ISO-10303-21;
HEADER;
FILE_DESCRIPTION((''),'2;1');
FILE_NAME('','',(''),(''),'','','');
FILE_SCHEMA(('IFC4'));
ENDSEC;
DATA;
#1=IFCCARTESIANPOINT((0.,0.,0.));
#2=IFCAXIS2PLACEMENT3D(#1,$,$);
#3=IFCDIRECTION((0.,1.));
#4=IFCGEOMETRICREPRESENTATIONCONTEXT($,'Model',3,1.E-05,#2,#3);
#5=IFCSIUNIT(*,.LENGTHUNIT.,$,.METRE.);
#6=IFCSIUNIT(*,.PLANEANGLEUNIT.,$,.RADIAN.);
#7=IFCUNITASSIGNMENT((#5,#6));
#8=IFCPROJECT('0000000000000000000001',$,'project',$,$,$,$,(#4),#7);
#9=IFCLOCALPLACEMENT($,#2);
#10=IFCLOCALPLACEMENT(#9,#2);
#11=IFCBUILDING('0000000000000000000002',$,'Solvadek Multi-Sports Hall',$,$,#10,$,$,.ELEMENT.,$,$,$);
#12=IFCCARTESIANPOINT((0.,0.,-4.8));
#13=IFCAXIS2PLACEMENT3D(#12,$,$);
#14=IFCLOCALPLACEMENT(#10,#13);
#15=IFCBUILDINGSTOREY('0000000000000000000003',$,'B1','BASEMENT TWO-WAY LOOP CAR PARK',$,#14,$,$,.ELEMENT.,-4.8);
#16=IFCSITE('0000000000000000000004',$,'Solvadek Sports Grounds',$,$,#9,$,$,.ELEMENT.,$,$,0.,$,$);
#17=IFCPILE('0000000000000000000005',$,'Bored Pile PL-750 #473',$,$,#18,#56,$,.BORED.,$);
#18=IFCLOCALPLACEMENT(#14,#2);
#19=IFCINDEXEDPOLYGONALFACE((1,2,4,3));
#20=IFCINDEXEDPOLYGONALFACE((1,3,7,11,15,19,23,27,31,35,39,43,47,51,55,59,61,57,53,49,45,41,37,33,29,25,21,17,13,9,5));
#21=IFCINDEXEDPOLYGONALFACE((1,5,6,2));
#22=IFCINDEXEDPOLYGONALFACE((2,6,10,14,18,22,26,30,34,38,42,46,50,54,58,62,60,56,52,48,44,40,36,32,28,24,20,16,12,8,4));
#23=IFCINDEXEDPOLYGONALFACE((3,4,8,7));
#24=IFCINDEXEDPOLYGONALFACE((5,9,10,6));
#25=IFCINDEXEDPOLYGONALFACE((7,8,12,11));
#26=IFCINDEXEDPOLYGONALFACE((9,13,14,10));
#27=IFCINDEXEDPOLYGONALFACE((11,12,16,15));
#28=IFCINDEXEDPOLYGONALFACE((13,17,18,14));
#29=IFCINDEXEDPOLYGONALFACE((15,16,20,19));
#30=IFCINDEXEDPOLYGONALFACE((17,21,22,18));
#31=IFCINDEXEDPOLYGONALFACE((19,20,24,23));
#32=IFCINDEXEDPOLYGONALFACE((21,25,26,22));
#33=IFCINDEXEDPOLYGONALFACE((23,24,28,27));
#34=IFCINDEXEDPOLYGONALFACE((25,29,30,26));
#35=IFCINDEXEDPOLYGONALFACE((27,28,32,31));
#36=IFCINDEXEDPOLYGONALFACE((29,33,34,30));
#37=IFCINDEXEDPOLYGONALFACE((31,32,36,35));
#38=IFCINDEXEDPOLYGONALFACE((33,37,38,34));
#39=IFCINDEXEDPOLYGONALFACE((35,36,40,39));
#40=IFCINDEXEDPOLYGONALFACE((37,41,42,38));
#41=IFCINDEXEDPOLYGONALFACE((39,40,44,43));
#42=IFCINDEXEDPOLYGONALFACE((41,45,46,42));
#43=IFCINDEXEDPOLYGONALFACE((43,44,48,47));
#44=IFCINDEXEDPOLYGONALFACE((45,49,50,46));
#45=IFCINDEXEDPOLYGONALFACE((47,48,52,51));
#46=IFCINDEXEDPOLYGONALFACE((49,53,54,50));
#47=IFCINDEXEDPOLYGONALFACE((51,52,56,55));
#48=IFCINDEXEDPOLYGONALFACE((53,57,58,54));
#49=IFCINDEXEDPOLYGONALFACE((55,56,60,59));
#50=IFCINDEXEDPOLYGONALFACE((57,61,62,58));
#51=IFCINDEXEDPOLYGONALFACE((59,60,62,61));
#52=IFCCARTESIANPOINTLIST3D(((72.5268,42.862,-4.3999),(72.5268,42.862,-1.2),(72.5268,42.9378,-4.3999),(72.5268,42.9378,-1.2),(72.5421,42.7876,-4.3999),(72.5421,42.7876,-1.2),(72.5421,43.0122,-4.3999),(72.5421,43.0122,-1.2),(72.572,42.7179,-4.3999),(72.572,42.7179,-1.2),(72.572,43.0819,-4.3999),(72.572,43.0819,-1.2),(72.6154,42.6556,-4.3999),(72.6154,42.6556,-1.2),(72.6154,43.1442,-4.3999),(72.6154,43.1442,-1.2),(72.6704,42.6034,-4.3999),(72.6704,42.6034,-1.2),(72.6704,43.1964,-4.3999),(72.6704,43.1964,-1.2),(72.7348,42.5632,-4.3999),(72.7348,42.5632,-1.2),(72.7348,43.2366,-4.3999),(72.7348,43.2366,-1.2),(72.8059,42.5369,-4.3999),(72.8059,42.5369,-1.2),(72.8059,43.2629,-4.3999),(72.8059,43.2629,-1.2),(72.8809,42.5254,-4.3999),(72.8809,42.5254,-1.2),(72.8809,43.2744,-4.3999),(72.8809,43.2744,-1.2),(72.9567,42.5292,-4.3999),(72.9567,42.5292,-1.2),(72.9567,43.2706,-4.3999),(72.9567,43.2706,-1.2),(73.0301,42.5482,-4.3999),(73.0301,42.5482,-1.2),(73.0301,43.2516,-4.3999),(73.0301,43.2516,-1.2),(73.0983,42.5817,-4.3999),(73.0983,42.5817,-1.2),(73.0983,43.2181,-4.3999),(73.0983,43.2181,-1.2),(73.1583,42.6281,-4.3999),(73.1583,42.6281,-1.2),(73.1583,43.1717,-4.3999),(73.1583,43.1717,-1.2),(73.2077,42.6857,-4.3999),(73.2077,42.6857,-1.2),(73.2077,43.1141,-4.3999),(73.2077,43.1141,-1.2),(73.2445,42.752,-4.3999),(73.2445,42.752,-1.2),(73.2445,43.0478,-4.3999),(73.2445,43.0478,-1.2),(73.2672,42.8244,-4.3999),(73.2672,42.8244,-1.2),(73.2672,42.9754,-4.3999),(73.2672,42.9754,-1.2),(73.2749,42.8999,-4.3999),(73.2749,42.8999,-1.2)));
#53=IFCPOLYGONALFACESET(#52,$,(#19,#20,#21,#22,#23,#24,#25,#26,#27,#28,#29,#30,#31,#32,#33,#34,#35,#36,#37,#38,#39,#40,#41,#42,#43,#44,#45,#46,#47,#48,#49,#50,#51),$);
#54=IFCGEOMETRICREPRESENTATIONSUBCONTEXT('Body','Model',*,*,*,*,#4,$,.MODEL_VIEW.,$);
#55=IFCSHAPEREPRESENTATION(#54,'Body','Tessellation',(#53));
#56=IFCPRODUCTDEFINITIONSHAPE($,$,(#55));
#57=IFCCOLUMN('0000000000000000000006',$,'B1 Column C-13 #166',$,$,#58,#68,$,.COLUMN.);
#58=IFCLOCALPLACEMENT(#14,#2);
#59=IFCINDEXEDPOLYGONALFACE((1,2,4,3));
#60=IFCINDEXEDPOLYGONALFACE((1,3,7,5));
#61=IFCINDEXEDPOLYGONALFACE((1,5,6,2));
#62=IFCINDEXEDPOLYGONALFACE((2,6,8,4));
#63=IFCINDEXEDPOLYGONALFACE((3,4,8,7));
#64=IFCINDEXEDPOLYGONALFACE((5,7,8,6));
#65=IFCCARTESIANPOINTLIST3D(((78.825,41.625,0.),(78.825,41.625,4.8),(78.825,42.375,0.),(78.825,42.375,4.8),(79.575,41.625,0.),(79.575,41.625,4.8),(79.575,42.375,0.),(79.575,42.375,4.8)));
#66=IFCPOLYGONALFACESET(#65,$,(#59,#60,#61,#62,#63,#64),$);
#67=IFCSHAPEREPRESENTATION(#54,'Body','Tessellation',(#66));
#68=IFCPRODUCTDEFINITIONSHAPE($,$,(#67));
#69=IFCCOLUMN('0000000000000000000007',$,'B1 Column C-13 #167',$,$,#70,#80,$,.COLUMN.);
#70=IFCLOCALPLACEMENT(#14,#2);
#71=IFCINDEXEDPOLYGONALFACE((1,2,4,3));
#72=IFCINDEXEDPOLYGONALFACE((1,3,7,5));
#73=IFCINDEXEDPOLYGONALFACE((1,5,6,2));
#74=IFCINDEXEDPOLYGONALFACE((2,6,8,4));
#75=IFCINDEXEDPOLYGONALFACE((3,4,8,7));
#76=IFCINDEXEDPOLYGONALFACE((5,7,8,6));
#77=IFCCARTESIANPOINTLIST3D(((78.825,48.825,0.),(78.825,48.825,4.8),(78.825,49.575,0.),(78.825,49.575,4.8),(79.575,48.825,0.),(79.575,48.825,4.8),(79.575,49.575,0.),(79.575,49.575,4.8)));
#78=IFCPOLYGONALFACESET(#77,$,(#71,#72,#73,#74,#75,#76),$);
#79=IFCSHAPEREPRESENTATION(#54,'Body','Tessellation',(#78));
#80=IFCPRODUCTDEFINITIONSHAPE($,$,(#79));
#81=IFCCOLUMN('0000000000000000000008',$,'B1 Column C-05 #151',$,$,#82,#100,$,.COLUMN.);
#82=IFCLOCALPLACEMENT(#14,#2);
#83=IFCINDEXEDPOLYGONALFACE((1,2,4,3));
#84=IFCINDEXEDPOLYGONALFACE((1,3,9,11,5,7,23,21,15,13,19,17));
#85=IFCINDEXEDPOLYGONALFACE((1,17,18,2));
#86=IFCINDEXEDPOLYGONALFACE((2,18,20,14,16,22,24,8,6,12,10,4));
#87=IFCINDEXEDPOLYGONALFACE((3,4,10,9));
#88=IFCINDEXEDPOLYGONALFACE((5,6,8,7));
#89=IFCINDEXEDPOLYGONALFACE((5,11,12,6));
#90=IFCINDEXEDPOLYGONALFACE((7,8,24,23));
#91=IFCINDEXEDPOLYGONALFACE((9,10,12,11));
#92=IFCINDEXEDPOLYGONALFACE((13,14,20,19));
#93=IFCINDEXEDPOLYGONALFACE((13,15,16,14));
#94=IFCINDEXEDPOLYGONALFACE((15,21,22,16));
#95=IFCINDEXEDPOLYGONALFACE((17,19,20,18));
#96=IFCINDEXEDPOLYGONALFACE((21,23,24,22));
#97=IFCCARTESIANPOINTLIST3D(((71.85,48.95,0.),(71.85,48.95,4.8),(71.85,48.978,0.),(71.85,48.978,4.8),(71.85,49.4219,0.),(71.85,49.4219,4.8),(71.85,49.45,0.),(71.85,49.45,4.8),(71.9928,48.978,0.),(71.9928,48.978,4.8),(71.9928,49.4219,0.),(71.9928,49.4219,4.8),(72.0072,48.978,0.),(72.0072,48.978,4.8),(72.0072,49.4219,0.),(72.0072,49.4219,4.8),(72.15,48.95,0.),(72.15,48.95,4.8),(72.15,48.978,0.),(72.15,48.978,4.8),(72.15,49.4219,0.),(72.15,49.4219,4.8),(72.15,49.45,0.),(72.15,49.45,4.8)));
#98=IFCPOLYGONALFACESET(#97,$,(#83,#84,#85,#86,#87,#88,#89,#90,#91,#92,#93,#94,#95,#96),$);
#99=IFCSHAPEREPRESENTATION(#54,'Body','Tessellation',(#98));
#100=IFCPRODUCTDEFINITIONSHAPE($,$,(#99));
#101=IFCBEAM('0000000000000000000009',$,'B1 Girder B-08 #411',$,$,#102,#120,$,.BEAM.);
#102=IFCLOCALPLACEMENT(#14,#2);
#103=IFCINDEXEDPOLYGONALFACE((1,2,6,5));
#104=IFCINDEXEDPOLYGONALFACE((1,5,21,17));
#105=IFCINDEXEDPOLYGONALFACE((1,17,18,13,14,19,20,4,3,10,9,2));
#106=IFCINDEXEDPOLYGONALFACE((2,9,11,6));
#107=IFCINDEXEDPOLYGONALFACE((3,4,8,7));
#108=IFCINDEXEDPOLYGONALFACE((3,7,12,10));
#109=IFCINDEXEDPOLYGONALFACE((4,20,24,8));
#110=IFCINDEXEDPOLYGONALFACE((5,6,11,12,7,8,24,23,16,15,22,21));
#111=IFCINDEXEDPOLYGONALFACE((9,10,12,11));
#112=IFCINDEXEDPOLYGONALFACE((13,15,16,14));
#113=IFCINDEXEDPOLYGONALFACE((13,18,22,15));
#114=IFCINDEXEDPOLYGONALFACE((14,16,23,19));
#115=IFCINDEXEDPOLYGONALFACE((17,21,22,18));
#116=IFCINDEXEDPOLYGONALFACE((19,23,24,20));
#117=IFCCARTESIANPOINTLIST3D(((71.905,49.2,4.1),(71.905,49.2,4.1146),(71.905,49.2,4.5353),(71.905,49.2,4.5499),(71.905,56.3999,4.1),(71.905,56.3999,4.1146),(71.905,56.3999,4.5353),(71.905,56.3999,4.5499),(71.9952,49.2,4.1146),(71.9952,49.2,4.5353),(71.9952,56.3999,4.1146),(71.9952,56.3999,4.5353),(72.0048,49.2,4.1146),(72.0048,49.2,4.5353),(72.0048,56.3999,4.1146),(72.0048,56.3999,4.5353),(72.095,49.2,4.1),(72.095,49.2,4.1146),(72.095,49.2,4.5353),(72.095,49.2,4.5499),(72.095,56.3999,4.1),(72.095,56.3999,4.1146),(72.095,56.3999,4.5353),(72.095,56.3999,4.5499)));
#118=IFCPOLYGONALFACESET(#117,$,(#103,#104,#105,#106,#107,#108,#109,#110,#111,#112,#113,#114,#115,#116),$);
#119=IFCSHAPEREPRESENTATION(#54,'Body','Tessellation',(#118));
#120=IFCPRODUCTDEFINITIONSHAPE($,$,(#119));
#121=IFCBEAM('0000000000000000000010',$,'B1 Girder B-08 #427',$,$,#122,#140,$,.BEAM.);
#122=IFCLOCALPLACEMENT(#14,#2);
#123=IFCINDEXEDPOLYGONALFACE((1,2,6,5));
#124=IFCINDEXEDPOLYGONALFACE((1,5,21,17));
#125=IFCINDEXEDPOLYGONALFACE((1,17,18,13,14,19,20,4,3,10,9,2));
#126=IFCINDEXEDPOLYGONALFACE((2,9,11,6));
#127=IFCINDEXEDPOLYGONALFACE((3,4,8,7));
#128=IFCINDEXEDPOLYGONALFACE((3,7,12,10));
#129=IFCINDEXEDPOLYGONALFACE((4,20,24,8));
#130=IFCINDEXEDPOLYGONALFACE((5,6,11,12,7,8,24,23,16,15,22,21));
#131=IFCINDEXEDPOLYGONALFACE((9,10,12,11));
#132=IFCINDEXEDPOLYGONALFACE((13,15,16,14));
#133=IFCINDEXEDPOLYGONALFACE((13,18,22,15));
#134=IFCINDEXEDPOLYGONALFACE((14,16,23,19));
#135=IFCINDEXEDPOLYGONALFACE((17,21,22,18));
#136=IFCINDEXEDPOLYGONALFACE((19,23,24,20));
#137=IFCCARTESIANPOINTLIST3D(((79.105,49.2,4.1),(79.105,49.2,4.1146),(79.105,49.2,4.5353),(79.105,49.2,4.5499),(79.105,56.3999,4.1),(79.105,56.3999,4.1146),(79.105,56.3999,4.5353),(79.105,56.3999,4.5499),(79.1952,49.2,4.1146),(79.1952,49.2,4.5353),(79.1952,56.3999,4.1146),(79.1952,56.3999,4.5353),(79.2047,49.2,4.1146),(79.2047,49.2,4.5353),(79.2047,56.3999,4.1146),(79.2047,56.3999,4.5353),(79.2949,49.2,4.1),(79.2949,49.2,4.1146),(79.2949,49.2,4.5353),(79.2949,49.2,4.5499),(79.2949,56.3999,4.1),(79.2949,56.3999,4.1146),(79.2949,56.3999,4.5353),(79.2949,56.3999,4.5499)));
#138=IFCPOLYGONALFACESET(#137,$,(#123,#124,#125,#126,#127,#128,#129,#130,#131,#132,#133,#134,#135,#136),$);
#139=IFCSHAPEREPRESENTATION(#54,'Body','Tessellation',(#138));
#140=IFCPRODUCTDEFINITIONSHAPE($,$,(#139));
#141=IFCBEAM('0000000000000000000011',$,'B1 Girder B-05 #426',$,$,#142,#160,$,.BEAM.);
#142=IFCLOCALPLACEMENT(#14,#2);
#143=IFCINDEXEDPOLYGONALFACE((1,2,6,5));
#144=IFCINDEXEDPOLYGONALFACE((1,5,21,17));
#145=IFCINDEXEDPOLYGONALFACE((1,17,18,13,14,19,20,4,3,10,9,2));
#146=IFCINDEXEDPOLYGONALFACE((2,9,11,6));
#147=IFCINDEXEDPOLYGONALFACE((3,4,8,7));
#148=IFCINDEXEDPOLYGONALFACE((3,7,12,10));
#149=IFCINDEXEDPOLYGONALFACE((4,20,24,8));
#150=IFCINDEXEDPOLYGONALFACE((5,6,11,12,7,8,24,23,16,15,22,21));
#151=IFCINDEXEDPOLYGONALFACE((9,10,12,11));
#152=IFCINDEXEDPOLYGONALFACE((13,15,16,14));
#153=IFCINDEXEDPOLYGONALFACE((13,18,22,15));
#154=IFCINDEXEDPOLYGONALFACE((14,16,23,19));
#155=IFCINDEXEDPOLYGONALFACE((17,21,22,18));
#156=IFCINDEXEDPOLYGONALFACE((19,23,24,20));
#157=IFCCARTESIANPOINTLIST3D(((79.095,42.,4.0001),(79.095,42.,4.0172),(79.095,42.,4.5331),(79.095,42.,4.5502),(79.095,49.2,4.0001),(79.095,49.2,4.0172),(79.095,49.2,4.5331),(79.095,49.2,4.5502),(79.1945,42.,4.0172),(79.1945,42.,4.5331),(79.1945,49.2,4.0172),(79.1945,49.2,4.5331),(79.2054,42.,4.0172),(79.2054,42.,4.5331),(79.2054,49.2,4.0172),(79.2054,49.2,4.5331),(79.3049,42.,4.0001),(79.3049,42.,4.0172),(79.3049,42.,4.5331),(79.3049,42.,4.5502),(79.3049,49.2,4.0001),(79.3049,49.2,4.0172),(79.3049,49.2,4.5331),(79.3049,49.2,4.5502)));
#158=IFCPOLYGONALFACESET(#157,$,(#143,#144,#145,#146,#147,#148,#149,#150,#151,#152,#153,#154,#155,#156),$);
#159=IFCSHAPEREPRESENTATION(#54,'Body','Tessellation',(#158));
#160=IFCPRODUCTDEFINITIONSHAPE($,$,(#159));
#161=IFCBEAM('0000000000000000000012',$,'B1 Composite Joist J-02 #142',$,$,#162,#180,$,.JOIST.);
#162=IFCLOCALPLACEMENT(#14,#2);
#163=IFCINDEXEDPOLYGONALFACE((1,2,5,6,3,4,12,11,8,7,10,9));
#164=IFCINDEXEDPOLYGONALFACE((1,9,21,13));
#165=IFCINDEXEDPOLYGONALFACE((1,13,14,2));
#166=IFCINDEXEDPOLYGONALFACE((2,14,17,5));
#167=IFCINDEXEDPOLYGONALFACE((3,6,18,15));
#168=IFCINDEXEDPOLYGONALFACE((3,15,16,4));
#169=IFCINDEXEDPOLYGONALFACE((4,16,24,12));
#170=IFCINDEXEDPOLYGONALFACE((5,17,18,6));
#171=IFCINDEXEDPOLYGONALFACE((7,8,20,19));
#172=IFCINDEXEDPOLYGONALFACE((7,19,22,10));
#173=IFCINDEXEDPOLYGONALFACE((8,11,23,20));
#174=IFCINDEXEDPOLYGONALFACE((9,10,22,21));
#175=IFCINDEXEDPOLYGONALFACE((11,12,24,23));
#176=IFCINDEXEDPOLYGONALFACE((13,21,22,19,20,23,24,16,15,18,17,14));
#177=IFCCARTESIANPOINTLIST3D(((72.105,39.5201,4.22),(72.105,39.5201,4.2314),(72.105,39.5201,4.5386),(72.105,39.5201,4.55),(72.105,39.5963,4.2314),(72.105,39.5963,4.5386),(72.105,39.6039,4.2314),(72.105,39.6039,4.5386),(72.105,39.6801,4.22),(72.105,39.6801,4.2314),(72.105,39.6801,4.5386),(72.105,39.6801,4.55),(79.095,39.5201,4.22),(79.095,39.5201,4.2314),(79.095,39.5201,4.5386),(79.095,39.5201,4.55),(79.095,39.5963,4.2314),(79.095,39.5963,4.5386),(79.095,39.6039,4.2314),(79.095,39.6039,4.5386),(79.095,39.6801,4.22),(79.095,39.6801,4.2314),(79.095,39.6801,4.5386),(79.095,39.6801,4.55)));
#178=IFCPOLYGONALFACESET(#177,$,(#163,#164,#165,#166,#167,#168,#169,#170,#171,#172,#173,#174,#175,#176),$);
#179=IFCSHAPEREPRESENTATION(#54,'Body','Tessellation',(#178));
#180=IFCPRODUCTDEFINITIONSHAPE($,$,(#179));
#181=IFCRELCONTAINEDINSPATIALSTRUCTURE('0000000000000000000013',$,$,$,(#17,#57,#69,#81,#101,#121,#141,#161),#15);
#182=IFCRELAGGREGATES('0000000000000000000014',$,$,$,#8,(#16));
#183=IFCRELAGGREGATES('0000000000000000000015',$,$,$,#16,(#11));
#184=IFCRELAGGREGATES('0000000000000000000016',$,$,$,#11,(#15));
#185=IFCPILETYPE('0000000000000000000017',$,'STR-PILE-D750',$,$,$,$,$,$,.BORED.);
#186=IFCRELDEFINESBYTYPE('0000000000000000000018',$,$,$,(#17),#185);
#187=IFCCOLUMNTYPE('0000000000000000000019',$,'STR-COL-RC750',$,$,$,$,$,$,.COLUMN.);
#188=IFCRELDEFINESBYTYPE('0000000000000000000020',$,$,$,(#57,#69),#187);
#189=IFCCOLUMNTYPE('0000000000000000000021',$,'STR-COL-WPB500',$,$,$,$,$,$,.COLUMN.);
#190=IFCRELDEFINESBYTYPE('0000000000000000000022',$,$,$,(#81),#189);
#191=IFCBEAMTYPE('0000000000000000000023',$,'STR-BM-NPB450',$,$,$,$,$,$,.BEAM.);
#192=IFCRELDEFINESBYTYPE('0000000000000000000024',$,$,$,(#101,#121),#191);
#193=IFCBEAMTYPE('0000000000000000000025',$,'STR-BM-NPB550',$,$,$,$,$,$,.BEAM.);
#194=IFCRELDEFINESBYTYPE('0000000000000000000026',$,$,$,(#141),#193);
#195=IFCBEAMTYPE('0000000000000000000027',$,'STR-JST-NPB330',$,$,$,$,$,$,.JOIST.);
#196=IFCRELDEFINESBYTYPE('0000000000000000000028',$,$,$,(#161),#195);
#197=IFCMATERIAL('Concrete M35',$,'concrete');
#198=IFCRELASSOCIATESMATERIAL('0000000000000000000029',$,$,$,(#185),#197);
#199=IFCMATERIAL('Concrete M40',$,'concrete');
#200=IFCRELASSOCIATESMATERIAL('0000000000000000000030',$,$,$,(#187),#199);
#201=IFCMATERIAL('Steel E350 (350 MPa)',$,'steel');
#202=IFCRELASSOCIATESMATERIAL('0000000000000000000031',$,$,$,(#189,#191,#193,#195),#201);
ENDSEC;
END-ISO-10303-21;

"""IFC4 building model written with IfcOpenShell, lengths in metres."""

from ifc_helpers import new_model, si_unit, direction, frame, origin, origin_2d, place, context, subcontext, project, spatial, rectangle, circle, i_section, extrude, material, material_profile, profile_set, type_object, element, save


model = new_model("IFC4")

# Units and contexts
model_context = context("Model", 3, precision=1e-05, world=origin(), true_north=direction((0.0, 1.0)))
body_context = subcontext(model_context, "Body", "Model", "MODEL_VIEW")
ifc_project = project(units=[si_unit("LENGTHUNIT", "METRE"), si_unit("PLANEANGLEUNIT", "RADIAN")], contexts=[model_context])

# Site, building, storey
site_placement = place(None, origin())
site = spatial("IfcSite", under=ifc_project, at=site_placement, Name="Solvadek Sports Grounds", CompositionType="ELEMENT", RefElevation=0.0)
building_placement = place(site_placement, origin())
building = spatial("IfcBuilding", under=site, at=building_placement, Name="Solvadek Multi-Sports Hall", CompositionType="ELEMENT")
storey_placement = place(building_placement, frame((0.0, 0.0, -4.8)))
storey = spatial("IfcBuildingStorey", under=building, at=storey_placement, Name="B1", Description="BASEMENT TWO-WAY LOOP CAR PARK", CompositionType="ELEMENT", Elevation=-4.8)

# Shared definitions
ifc_material_1 = material(Name="Concrete M40", Category="concrete")

# Pile
ifc_material_2 = material(Name="Concrete M35", Category="concrete")
ifc_material_profile_1 = material_profile(ifc_material_2, circle(Radius=0.375, at=origin_2d()), Name="BORED PILE D750")
ifc_profile_set_1 = profile_set([ifc_material_profile_1], Name="Concrete M35")
pile_type_1 = type_object("IfcPileType", Name="STR-PILE-D750", PredefinedType="BORED", material=ifc_profile_set_1)
pile_placement = place(storey_placement, frame((72.8999, 42.8999, -1.2), z_axis=(0.0, 0.0, -1.0), x_axis=(1.0, 0.0, 0.0)))
element("IfcPile", 1, at=pile_placement, inside=storey, type_object=pile_type_1, Name="Bored Pile PL-750 #473", PredefinedType="BORED", context=body_context, shape_type="SweptSolid", body=[
    extrude(circle(Radius=0.375, at=origin_2d()), origin(), (0.0, 0.0, 1.0), 3.2),
])

# Columns
ifc_material_profile_2 = material_profile(ifc_material_1, rectangle(XDim=0.75, YDim=0.75, at=origin_2d()), Name="RC 750x750")
ifc_profile_set_2 = profile_set([ifc_material_profile_2], Name="Concrete M40")
column_type_1 = type_object("IfcColumnType", Name="STR-COL-RC750", PredefinedType="COLUMN", material=ifc_profile_set_2)
for number, where, z_axis, x_axis, name in (
    (2, (79.2, 42.0, 0.0), (0.0, 0.0, 1.0), (1.0, 0.0, 0.0), "B1 Column C-13 #166"),
    (3, (79.2, 49.2, 0.0), (0.0, 0.0, 1.0), (1.0, 0.0, 0.0), "B1 Column C-13 #167"),
):
    element("IfcColumn", number, at=place(storey_placement, frame(where, z_axis=z_axis, x_axis=x_axis)), inside=storey, type_object=column_type_1, Name=name, PredefinedType="COLUMN", context=body_context, shape_type="SweptSolid", body=[
        extrude(rectangle(XDim=0.75, YDim=0.75, at=origin_2d()), origin(), (0.0, 0.0, 1.0), 4.8),
    ])
ifc_material_3 = material(Name="Steel E350 (350 MPa)", Category="steel")
ifc_material_profile_3 = material_profile(ifc_material_3, i_section(OverallWidth=0.3, OverallDepth=0.5, WebThickness=0.0144, FlangeThickness=0.0281, at=origin_2d()), Name="WPB 500")
ifc_profile_set_3 = profile_set([ifc_material_profile_3], Name="Steel E350 (350 MPa)")
column_type_2 = type_object("IfcColumnType", Name="STR-COL-WPB500", PredefinedType="COLUMN", material=ifc_profile_set_3)
column_placement = place(storey_placement, frame((72.0, 49.2, 0.0), z_axis=(0.0, 0.0, 1.0), x_axis=(1.0, 0.0, 0.0)))
element("IfcColumn", 4, at=column_placement, inside=storey, type_object=column_type_2, Name="B1 Column C-05 #151", PredefinedType="COLUMN", context=body_context, shape_type="SweptSolid", body=[
    extrude(i_section(OverallWidth=0.3, OverallDepth=0.5, WebThickness=0.0144, FlangeThickness=0.0281, at=origin_2d()), origin(), (0.0, 0.0, 1.0), 4.8),
])

# Beams
ifc_material_profile_4 = material_profile(ifc_material_3, i_section(OverallWidth=0.1899, OverallDepth=0.45, WebThickness=0.0095, FlangeThickness=0.0146, at=origin_2d()), Name="NPB 450")
ifc_profile_set_4 = profile_set([ifc_material_profile_4], Name="Steel E350 (350 MPa)")
beam_type_1 = type_object("IfcBeamType", Name="STR-BM-NPB450", PredefinedType="BEAM", material=ifc_profile_set_4)
for number, where, z_axis, x_axis, name in (
    (5, (72.0, 49.2, 4.325), (0.0, 1.0, 0.0), (-1.0, 0.0, 0.0), "B1 Girder B-08 #411"),
    (6, (79.2, 49.2, 4.325), (0.0, 1.0, 0.0), (-1.0, 0.0, 0.0), "B1 Girder B-08 #427"),
):
    element("IfcBeam", number, at=place(storey_placement, frame(where, z_axis=z_axis, x_axis=x_axis)), inside=storey, type_object=beam_type_1, Name=name, PredefinedType="BEAM", context=body_context, shape_type="SweptSolid", body=[
        extrude(i_section(OverallWidth=0.1899, OverallDepth=0.45, WebThickness=0.0095, FlangeThickness=0.0146, at=origin_2d()), origin(), (0.0, 0.0, 1.0), 7.2),
    ])
ifc_material_profile_5 = material_profile(ifc_material_3, i_section(OverallWidth=0.21, OverallDepth=0.55, WebThickness=0.011, FlangeThickness=0.0171, at=origin_2d()), Name="NPB 550")
ifc_profile_set_5 = profile_set([ifc_material_profile_5], Name="Steel E350 (350 MPa)")
beam_type_2 = type_object("IfcBeamType", Name="STR-BM-NPB550", PredefinedType="BEAM", material=ifc_profile_set_5)
beam_placement = place(storey_placement, frame((79.2, 42.0, 4.2751), z_axis=(0.0, 1.0, 0.0), x_axis=(-1.0, 0.0, 0.0)))
element("IfcBeam", 7, at=beam_placement, inside=storey, type_object=beam_type_2, Name="B1 Girder B-05 #426", PredefinedType="BEAM", context=body_context, shape_type="SweptSolid", body=[
    extrude(i_section(OverallWidth=0.21, OverallDepth=0.55, WebThickness=0.011, FlangeThickness=0.0171, at=origin_2d()), origin(), (0.0, 0.0, 1.0), 7.2),
])
ifc_material_profile_6 = material_profile(ifc_material_3, i_section(OverallWidth=0.1599, OverallDepth=0.3301, WebThickness=0.0076, FlangeThickness=0.0115, at=origin_2d()), Name="NPB 330")
ifc_profile_set_6 = profile_set([ifc_material_profile_6], Name="Steel E350 (350 MPa)")
beam_type_3 = type_object("IfcBeamType", Name="STR-JST-NPB330", PredefinedType="JOIST", material=ifc_profile_set_6)
for number, where, z_axis, x_axis, name in (
    (8, (72.105, 39.6001, 4.385), (1.0, 0.0, 0.0), (0.0, 1.0, 0.0), "B1 Composite Joist J-02 #142"),
):
    element("IfcBeam", number, at=place(storey_placement, frame(where, z_axis=z_axis, x_axis=x_axis)), inside=storey, type_object=beam_type_3, Name=name, PredefinedType="JOIST", context=body_context, shape_type="SweptSolid", body=[
        extrude(i_section(OverallWidth=0.1599, OverallDepth=0.3301, WebThickness=0.0076, FlangeThickness=0.0115, at=origin_2d()), origin(), (0.0, 0.0, 1.0), 6.99),
    ])

save(model, "model.ifc")
